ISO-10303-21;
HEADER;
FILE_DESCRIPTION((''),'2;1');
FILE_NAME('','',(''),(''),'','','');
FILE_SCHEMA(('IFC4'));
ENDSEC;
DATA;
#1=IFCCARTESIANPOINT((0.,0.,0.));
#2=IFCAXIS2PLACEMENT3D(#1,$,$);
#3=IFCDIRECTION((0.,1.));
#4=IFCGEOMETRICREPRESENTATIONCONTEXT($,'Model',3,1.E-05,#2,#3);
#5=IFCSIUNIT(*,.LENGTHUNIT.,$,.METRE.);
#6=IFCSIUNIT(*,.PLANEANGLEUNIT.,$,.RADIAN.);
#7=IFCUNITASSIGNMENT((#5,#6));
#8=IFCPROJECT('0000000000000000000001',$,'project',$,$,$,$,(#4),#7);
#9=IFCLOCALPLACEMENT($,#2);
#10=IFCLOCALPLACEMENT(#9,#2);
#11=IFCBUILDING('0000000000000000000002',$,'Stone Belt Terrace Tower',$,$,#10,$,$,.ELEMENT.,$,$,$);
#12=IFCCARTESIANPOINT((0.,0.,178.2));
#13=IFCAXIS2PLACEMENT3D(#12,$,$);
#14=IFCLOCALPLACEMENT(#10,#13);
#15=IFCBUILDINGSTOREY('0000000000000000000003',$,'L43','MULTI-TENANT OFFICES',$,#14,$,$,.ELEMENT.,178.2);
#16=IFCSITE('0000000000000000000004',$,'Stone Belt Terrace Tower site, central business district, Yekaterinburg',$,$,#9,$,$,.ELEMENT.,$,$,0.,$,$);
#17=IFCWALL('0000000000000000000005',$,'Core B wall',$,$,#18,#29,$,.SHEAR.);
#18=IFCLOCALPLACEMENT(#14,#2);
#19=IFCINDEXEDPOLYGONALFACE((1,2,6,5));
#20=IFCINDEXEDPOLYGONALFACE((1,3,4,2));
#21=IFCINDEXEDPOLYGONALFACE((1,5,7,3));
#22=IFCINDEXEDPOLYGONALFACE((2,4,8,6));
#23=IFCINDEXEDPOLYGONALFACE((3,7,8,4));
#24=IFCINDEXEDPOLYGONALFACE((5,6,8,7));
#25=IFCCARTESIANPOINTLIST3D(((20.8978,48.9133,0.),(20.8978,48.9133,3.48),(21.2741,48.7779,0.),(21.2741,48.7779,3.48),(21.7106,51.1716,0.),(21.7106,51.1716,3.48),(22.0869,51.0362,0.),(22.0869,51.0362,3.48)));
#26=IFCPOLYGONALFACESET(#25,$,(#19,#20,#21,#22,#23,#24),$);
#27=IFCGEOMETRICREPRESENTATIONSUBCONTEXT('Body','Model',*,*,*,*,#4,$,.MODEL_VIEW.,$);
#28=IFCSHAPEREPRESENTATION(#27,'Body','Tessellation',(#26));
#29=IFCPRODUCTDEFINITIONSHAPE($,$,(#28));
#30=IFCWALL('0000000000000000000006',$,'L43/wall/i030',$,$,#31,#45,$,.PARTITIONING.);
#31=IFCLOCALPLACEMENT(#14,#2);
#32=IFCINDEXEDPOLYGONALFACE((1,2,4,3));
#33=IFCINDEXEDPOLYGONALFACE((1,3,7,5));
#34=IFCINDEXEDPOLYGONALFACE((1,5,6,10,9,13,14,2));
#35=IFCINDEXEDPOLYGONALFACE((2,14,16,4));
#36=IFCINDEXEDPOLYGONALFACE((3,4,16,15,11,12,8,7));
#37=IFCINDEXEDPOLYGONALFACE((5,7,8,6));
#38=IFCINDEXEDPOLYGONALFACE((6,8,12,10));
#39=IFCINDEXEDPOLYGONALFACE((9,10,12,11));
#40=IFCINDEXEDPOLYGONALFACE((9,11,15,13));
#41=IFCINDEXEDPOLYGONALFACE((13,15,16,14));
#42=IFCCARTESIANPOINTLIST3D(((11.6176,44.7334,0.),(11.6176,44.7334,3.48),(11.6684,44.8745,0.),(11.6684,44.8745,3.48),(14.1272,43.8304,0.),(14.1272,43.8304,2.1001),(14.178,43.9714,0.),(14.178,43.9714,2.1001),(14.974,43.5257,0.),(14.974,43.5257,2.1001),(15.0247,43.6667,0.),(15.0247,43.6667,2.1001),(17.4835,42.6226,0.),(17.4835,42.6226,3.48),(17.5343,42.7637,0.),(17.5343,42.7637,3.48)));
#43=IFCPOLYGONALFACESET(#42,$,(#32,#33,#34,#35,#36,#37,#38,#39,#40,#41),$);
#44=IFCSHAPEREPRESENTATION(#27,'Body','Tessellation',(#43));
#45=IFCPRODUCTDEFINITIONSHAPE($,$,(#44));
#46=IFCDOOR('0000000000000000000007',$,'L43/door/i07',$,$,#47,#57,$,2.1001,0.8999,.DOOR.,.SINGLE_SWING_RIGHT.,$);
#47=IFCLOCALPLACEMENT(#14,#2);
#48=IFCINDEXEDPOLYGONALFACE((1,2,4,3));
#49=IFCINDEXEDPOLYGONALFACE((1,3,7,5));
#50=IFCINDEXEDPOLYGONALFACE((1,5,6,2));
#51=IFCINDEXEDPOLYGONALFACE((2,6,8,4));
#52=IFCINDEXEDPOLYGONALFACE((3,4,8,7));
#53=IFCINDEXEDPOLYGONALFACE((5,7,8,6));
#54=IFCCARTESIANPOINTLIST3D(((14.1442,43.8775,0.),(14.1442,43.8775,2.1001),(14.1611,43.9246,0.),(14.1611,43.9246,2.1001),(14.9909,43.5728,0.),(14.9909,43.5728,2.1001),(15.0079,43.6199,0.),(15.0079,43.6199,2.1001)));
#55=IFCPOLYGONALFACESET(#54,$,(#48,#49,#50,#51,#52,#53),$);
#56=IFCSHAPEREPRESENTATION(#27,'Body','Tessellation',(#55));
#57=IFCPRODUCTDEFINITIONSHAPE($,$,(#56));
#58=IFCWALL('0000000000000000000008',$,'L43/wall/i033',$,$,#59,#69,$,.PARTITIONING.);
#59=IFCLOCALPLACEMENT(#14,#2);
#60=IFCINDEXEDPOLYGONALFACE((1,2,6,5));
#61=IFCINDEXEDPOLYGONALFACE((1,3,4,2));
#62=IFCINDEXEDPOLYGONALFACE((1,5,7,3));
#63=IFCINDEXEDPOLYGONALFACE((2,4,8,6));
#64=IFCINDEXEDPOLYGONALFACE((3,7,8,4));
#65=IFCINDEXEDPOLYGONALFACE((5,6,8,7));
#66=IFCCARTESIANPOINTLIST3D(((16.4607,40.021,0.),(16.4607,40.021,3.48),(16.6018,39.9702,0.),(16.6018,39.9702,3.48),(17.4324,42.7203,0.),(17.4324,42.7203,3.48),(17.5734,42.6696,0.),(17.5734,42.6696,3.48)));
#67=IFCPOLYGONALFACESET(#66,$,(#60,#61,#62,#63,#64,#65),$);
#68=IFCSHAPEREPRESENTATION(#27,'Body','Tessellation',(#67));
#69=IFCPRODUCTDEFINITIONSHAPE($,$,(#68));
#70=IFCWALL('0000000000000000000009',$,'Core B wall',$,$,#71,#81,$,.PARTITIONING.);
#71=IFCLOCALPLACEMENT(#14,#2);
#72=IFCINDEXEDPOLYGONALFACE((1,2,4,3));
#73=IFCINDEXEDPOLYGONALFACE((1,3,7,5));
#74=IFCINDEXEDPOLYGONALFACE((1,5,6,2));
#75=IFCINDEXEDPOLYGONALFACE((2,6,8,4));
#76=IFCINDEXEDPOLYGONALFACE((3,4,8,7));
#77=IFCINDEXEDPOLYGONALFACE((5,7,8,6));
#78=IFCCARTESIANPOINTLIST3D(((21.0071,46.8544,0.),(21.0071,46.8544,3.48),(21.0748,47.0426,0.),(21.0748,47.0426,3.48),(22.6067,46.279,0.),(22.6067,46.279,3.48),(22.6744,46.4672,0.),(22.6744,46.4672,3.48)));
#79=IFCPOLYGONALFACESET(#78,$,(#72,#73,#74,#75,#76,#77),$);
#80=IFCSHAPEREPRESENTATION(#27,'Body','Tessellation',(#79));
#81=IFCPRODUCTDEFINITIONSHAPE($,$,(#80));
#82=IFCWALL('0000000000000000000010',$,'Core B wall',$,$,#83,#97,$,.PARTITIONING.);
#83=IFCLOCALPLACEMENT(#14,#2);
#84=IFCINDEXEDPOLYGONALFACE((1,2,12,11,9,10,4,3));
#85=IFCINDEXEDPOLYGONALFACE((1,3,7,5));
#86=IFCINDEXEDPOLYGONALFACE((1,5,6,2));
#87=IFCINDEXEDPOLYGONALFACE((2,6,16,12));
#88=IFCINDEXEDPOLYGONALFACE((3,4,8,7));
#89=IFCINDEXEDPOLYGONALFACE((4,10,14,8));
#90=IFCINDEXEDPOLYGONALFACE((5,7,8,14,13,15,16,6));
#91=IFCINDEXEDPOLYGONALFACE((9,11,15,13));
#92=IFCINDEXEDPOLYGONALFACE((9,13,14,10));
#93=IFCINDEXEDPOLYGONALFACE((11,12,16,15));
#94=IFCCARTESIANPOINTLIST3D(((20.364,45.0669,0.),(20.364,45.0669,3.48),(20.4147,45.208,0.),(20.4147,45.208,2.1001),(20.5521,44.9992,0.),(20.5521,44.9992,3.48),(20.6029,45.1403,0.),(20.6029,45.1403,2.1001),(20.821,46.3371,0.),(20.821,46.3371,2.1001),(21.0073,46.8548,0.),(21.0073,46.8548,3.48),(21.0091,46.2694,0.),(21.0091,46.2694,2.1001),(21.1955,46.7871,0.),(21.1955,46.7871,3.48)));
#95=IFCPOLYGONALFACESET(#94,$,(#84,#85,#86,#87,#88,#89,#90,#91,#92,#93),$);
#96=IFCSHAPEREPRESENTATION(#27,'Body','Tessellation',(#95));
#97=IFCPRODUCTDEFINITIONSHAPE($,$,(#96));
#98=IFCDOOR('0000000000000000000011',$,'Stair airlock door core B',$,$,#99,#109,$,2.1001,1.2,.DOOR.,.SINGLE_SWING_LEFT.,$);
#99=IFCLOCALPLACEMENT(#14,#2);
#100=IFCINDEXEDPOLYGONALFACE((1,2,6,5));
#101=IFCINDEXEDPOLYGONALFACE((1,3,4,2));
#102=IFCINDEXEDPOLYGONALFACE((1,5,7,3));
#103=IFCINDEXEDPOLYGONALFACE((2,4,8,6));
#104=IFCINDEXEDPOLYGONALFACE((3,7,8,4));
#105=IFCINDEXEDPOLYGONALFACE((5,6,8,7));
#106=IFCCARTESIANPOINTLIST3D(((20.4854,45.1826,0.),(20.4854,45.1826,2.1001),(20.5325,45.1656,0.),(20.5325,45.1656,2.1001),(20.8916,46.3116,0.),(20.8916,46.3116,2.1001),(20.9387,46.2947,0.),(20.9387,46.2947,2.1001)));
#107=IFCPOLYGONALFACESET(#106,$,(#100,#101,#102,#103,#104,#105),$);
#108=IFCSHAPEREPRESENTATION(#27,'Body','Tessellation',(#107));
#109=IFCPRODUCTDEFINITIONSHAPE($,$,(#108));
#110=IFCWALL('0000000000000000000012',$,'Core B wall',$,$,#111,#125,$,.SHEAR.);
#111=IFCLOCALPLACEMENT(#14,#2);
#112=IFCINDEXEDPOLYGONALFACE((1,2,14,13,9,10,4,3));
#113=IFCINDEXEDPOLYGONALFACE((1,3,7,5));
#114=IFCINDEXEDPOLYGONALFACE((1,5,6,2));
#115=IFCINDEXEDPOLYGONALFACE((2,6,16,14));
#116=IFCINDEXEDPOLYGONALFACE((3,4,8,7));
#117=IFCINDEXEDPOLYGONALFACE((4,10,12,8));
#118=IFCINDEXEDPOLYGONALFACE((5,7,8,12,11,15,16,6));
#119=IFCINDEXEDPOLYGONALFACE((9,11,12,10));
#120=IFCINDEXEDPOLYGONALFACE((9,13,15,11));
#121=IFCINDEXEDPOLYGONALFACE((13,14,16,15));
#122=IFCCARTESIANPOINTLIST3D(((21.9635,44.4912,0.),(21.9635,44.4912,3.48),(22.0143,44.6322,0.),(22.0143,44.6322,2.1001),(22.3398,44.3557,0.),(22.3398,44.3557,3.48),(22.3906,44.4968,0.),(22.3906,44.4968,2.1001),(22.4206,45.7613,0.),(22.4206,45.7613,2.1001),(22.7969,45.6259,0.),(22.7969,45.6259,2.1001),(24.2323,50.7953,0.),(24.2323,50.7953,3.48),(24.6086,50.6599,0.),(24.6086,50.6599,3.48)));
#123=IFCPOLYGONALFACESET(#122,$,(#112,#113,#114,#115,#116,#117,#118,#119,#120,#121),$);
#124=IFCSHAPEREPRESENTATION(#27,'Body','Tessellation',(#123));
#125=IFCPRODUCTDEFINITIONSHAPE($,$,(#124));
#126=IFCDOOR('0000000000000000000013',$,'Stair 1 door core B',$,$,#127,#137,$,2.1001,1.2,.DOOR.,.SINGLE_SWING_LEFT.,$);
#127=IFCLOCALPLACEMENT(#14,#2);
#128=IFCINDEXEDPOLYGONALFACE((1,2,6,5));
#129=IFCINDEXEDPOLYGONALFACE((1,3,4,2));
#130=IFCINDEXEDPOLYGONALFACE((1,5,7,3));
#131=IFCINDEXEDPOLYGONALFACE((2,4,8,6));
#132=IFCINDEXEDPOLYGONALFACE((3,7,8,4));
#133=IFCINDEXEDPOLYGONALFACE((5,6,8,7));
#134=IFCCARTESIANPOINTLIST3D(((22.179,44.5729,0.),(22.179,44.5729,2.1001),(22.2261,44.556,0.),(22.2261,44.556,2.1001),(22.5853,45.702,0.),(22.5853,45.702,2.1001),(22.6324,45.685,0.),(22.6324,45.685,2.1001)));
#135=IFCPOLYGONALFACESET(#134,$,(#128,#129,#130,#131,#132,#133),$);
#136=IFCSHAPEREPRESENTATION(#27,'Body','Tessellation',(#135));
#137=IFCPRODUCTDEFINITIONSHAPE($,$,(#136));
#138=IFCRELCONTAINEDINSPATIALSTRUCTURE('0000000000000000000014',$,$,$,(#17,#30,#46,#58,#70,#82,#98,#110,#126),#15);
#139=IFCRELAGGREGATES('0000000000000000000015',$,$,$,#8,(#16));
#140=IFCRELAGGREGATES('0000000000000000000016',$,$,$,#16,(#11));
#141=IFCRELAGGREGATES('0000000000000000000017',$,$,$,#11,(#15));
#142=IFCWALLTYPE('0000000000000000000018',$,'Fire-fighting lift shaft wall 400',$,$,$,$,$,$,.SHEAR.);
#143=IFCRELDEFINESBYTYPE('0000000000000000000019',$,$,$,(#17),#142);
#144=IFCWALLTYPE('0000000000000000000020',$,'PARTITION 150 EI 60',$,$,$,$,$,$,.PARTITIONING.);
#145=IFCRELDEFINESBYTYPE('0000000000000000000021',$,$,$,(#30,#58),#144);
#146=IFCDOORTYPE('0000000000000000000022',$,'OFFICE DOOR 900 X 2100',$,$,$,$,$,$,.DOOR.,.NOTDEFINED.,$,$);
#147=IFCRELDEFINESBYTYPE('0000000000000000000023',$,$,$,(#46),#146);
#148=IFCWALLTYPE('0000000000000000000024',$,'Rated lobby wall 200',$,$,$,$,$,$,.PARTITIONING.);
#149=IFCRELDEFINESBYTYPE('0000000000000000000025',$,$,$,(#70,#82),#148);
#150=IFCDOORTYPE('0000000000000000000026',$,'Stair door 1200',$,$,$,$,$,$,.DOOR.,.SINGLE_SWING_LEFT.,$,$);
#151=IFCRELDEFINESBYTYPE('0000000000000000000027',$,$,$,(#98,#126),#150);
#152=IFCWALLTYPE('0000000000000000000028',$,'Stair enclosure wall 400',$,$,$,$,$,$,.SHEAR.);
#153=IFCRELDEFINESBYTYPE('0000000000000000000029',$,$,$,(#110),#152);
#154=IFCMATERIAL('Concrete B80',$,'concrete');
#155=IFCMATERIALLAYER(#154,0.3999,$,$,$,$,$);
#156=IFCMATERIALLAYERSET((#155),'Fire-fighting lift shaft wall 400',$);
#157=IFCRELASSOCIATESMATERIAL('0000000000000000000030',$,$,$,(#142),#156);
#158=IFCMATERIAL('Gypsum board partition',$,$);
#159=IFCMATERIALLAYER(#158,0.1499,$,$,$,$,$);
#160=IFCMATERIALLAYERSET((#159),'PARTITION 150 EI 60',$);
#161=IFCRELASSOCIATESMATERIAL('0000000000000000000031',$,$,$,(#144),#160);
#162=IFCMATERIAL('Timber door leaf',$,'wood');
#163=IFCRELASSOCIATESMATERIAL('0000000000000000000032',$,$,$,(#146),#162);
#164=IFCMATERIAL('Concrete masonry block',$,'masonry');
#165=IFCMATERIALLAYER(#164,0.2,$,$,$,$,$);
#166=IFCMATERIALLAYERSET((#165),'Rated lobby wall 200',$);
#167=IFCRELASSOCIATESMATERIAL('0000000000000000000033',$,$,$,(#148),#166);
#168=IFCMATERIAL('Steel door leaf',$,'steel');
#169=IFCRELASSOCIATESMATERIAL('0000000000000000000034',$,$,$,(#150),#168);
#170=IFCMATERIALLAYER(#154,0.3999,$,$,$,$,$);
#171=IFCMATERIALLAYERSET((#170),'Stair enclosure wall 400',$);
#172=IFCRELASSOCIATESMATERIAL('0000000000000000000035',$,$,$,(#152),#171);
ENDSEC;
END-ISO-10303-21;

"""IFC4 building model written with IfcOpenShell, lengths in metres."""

from ifc_helpers import new_model, si_unit, direction, frame, frame_2d, origin, place, context, subcontext, project, spatial, rectangle, extrude, material, layer, layer_set, type_object, element, fill, save


model = new_model("IFC4")

# Units and contexts
model_context = context("Model", 3, precision=1e-05, world=origin(), true_north=direction((0.0, 1.0)))
body_context = subcontext(model_context, "Body", "Model", "MODEL_VIEW")
ifc_project = project(units=[si_unit("LENGTHUNIT", "METRE"), si_unit("PLANEANGLEUNIT", "RADIAN")], contexts=[model_context])

# Site, building, storey
site_placement = place(None, origin())
site = spatial("IfcSite", under=ifc_project, at=site_placement, Name="Stone Belt Terrace Tower site, central business district, Yekaterinburg", CompositionType="ELEMENT", RefElevation=0.0)
building_placement = place(site_placement, origin())
building = spatial("IfcBuilding", under=site, at=building_placement, Name="Stone Belt Terrace Tower", CompositionType="ELEMENT")
storey_placement = place(building_placement, frame((0.0, 0.0, 178.2)))
storey = spatial("IfcBuildingStorey", under=building, at=storey_placement, Name="L43", Description="MULTI-TENANT OFFICES", CompositionType="ELEMENT", Elevation=178.2)

# Wall
ifc_material_1 = material(Name="Concrete B80", Category="concrete")
ifc_layer_1 = layer(ifc_material_1, 0.3999)
ifc_layer_set_1 = layer_set([ifc_layer_1], Name="Fire-fighting lift shaft wall 400")
wall_type_1 = type_object("IfcWallType", Name="Fire-fighting lift shaft wall 400", PredefinedType="SHEAR", material=ifc_layer_set_1)
wall_1_placement = place(storey_placement, frame((21.0859, 48.8455, 0.0), z_axis=(0.0, 0.0, 1.0), x_axis=(0.338629, 0.94092, 0.0)))
element("IfcWall", 1, at=wall_1_placement, inside=storey, type_object=wall_type_1, Name="Core B wall", PredefinedType="SHEAR", context=body_context, shape_type="SweptSolid", body=[
    extrude(rectangle(XDim=2.4001, YDim=0.3999, at=frame_2d((1.2002, 0.0))), origin(), (0.0, 0.0, 1.0), 3.48),
])

# Wall, opening, door
ifc_material_2 = material(Name="Gypsum board partition")
ifc_layer_2 = layer(ifc_material_2, 0.1499)
ifc_layer_set_2 = layer_set([ifc_layer_2], Name="PARTITION 150 EI 60")
wall_type_2 = type_object("IfcWallType", Name="PARTITION 150 EI 60", PredefinedType="PARTITIONING", material=ifc_layer_set_2)
wall_2_placement = place(storey_placement, frame((17.509, 42.6931, 0.0), z_axis=(0.0, 0.0, 1.0), x_axis=(-0.940934, 0.33859, 0.0)))
wall_2 = element("IfcWall", 2, at=wall_2_placement, inside=storey, type_object=wall_type_2, Name="L43/wall/i030", PredefinedType="PARTITIONING", context=body_context, shape_type="SweptSolid", body=[
    extrude(rectangle(XDim=6.2341, YDim=0.1499, at=frame_2d((3.1172, 0.0))), origin(), (0.0, 0.0, 1.0), 3.48),
])
opening_1_placement = place(wall_2_placement, frame((2.6672, 0.0, 0.0)))
opening_1 = element("IfcOpeningElement", 3, at=opening_1_placement, cuts=wall_2, PredefinedType="OPENING", context=body_context, shape_type="SweptSolid", body=[
    extrude(rectangle(XDim=0.8999, YDim=2.1001, at=frame_2d((0.45, 1.05))), frame((0.0, 0.085, 0.0), z_axis=(0.0, -1.0, 0.0), x_axis=(1.0, 0.0, 0.0)), (0.0, 0.0, 1.0), 0.1699),
])
ifc_material_3 = material(Name="Timber door leaf", Category="wood")
door_type_1 = type_object("IfcDoorType", Name="OFFICE DOOR 900 X 2100", OperationType="NOTDEFINED", PredefinedType="DOOR", material=ifc_material_3)
door_1_placement = place(opening_1_placement, origin())
door_1 = element("IfcDoor", 4, at=door_1_placement, inside=storey, type_object=door_type_1, Name="L43/door/i07", OperationType="SINGLE_SWING_RIGHT", OverallHeight=2.1001, OverallWidth=0.8999, PredefinedType="DOOR", context=body_context, shape_type="SweptSolid", body=[
    extrude(rectangle(XDim=0.8999, YDim=2.1001, at=frame_2d((0.45, 1.05))), frame((0.0, 0.0249, 0.0), z_axis=(0.0, -1.0, 0.0), x_axis=(1.0, 0.0, 0.0)), (0.0, 0.0, 1.0), 0.05),
])
fill(opening_1, door_1)

# Walls
wall_3_placement = place(storey_placement, frame((17.5029, 42.6951, 0.0), z_axis=(0.0, 0.0, 1.0), x_axis=(-0.33868, -0.940902, 0.0)))
element("IfcWall", 5, at=wall_3_placement, inside=storey, type_object=wall_type_2, Name="L43/wall/i033", PredefinedType="PARTITIONING", context=body_context, shape_type="SweptSolid", body=[
    extrude(rectangle(XDim=2.8689, YDim=0.1499, at=frame_2d((1.4346, 0.0))), origin(), (0.0, 0.0, 1.0), 3.48),
])
ifc_material_4 = material(Name="Concrete masonry block", Category="masonry")
ifc_layer_3 = layer(ifc_material_4, 0.2)
ifc_layer_set_3 = layer_set([ifc_layer_3], Name="Rated lobby wall 200")
wall_type_3 = type_object("IfcWallType", Name="Rated lobby wall 200", PredefinedType="PARTITIONING", material=ifc_layer_set_3)
wall_4_placement = place(storey_placement, frame((22.6406, 46.373, 0.0), z_axis=(0.0, 0.0, 1.0), x_axis=(-0.940966, 0.338501, 0.0)))
element("IfcWall", 6, at=wall_4_placement, inside=storey, type_object=wall_type_3, Name="Core B wall", PredefinedType="PARTITIONING", context=body_context, shape_type="SweptSolid", body=[
    extrude(rectangle(XDim=1.7, YDim=0.2, at=frame_2d((0.8501, 0.0))), origin(), (0.0, 0.0, 1.0), 3.48),
])

# Walls, openings, doors
wall_5_placement = place(storey_placement, frame((20.458, 45.033, 0.0), z_axis=(0.0, 0.0, 1.0), x_axis=(0.338574, 0.94094, 0.0)))
wall_5 = element("IfcWall", 7, at=wall_5_placement, inside=storey, type_object=wall_type_3, Name="Core B wall", PredefinedType="PARTITIONING", context=body_context, shape_type="SweptSolid", body=[
    extrude(rectangle(XDim=1.9001, YDim=0.2, at=frame_2d((0.9502, 0.0))), origin(), (0.0, 0.0, 1.0), 3.48),
])
opening_2_placement = place(wall_5_placement, frame((0.1499, 0.0, 0.0)))
opening_2 = element("IfcOpeningElement", 8, at=opening_2_placement, cuts=wall_5, PredefinedType="OPENING", context=body_context, shape_type="SweptSolid", body=[
    extrude(rectangle(XDim=1.2, YDim=2.1001, at=frame_2d((0.6001, 1.05))), frame((0.0, 0.1099, 0.0), z_axis=(0.0, -1.0, 0.0), x_axis=(1.0, 0.0, 0.0)), (0.0, 0.0, 1.0), 0.22),
])
ifc_material_5 = material(Name="Steel door leaf", Category="steel")
door_type_2 = type_object("IfcDoorType", Name="Stair door 1200", OperationType="SINGLE_SWING_LEFT", PredefinedType="DOOR", material=ifc_material_5)
door_2_placement = place(opening_2_placement, origin())
door_2 = element("IfcDoor", 9, at=door_2_placement, inside=storey, type_object=door_type_2, Name="Stair airlock door core B", OperationType="SINGLE_SWING_LEFT", OverallHeight=2.1001, OverallWidth=1.2, PredefinedType="DOOR", context=body_context, shape_type="SweptSolid", body=[
    extrude(rectangle(XDim=1.2, YDim=2.1001, at=frame_2d((0.6001, 1.05))), frame((0.0, 0.0249, 0.0), z_axis=(0.0, -1.0, 0.0), x_axis=(1.0, 0.0, 0.0)), (0.0, 0.0, 1.0), 0.05),
])
fill(opening_2, door_2)
ifc_layer_4 = layer(ifc_material_1, 0.3999)
ifc_layer_set_4 = layer_set([ifc_layer_4], Name="Stair enclosure wall 400")
wall_type_4 = type_object("IfcWallType", Name="Stair enclosure wall 400", PredefinedType="SHEAR", material=ifc_layer_set_4)
wall_6_placement = place(storey_placement, frame((22.1516, 44.4233, 0.0), z_axis=(0.0, 0.0, 1.0), x_axis=(0.338625, 0.940921, 0.0)))
wall_6 = element("IfcWall", 10, at=wall_6_placement, inside=storey, type_object=wall_type_4, Name="Core B wall", PredefinedType="SHEAR", context=body_context, shape_type="SweptSolid", body=[
    extrude(rectangle(XDim=6.7, YDim=0.3999, at=frame_2d((3.3501, 0.0))), origin(), (0.0, 0.0, 1.0), 3.48),
])
opening_3_placement = place(wall_6_placement, frame((0.1499, 0.0, 0.0)))
opening_3 = element("IfcOpeningElement", 11, at=opening_3_placement, cuts=wall_6, PredefinedType="OPENING", context=body_context, shape_type="SweptSolid", body=[
    extrude(rectangle(XDim=1.2, YDim=2.1001, at=frame_2d((0.6001, 1.05))), frame((0.0, 0.21, 0.0), z_axis=(0.0, -1.0, 0.0), x_axis=(1.0, 0.0, 0.0)), (0.0, 0.0, 1.0), 0.4199),
])
door_3_placement = place(opening_3_placement, origin())
door_3 = element("IfcDoor", 12, at=door_3_placement, inside=storey, type_object=door_type_2, Name="Stair 1 door core B", OperationType="SINGLE_SWING_LEFT", OverallHeight=2.1001, OverallWidth=1.2, PredefinedType="DOOR", context=body_context, shape_type="SweptSolid", body=[
    extrude(rectangle(XDim=1.2, YDim=2.1001, at=frame_2d((0.6001, 1.05))), frame((0.0, 0.0249, 0.0), z_axis=(0.0, -1.0, 0.0), x_axis=(1.0, 0.0, 0.0)), (0.0, 0.0, 1.0), 0.05),
])
fill(opening_3, door_3)

save(model, "model.ifc")
